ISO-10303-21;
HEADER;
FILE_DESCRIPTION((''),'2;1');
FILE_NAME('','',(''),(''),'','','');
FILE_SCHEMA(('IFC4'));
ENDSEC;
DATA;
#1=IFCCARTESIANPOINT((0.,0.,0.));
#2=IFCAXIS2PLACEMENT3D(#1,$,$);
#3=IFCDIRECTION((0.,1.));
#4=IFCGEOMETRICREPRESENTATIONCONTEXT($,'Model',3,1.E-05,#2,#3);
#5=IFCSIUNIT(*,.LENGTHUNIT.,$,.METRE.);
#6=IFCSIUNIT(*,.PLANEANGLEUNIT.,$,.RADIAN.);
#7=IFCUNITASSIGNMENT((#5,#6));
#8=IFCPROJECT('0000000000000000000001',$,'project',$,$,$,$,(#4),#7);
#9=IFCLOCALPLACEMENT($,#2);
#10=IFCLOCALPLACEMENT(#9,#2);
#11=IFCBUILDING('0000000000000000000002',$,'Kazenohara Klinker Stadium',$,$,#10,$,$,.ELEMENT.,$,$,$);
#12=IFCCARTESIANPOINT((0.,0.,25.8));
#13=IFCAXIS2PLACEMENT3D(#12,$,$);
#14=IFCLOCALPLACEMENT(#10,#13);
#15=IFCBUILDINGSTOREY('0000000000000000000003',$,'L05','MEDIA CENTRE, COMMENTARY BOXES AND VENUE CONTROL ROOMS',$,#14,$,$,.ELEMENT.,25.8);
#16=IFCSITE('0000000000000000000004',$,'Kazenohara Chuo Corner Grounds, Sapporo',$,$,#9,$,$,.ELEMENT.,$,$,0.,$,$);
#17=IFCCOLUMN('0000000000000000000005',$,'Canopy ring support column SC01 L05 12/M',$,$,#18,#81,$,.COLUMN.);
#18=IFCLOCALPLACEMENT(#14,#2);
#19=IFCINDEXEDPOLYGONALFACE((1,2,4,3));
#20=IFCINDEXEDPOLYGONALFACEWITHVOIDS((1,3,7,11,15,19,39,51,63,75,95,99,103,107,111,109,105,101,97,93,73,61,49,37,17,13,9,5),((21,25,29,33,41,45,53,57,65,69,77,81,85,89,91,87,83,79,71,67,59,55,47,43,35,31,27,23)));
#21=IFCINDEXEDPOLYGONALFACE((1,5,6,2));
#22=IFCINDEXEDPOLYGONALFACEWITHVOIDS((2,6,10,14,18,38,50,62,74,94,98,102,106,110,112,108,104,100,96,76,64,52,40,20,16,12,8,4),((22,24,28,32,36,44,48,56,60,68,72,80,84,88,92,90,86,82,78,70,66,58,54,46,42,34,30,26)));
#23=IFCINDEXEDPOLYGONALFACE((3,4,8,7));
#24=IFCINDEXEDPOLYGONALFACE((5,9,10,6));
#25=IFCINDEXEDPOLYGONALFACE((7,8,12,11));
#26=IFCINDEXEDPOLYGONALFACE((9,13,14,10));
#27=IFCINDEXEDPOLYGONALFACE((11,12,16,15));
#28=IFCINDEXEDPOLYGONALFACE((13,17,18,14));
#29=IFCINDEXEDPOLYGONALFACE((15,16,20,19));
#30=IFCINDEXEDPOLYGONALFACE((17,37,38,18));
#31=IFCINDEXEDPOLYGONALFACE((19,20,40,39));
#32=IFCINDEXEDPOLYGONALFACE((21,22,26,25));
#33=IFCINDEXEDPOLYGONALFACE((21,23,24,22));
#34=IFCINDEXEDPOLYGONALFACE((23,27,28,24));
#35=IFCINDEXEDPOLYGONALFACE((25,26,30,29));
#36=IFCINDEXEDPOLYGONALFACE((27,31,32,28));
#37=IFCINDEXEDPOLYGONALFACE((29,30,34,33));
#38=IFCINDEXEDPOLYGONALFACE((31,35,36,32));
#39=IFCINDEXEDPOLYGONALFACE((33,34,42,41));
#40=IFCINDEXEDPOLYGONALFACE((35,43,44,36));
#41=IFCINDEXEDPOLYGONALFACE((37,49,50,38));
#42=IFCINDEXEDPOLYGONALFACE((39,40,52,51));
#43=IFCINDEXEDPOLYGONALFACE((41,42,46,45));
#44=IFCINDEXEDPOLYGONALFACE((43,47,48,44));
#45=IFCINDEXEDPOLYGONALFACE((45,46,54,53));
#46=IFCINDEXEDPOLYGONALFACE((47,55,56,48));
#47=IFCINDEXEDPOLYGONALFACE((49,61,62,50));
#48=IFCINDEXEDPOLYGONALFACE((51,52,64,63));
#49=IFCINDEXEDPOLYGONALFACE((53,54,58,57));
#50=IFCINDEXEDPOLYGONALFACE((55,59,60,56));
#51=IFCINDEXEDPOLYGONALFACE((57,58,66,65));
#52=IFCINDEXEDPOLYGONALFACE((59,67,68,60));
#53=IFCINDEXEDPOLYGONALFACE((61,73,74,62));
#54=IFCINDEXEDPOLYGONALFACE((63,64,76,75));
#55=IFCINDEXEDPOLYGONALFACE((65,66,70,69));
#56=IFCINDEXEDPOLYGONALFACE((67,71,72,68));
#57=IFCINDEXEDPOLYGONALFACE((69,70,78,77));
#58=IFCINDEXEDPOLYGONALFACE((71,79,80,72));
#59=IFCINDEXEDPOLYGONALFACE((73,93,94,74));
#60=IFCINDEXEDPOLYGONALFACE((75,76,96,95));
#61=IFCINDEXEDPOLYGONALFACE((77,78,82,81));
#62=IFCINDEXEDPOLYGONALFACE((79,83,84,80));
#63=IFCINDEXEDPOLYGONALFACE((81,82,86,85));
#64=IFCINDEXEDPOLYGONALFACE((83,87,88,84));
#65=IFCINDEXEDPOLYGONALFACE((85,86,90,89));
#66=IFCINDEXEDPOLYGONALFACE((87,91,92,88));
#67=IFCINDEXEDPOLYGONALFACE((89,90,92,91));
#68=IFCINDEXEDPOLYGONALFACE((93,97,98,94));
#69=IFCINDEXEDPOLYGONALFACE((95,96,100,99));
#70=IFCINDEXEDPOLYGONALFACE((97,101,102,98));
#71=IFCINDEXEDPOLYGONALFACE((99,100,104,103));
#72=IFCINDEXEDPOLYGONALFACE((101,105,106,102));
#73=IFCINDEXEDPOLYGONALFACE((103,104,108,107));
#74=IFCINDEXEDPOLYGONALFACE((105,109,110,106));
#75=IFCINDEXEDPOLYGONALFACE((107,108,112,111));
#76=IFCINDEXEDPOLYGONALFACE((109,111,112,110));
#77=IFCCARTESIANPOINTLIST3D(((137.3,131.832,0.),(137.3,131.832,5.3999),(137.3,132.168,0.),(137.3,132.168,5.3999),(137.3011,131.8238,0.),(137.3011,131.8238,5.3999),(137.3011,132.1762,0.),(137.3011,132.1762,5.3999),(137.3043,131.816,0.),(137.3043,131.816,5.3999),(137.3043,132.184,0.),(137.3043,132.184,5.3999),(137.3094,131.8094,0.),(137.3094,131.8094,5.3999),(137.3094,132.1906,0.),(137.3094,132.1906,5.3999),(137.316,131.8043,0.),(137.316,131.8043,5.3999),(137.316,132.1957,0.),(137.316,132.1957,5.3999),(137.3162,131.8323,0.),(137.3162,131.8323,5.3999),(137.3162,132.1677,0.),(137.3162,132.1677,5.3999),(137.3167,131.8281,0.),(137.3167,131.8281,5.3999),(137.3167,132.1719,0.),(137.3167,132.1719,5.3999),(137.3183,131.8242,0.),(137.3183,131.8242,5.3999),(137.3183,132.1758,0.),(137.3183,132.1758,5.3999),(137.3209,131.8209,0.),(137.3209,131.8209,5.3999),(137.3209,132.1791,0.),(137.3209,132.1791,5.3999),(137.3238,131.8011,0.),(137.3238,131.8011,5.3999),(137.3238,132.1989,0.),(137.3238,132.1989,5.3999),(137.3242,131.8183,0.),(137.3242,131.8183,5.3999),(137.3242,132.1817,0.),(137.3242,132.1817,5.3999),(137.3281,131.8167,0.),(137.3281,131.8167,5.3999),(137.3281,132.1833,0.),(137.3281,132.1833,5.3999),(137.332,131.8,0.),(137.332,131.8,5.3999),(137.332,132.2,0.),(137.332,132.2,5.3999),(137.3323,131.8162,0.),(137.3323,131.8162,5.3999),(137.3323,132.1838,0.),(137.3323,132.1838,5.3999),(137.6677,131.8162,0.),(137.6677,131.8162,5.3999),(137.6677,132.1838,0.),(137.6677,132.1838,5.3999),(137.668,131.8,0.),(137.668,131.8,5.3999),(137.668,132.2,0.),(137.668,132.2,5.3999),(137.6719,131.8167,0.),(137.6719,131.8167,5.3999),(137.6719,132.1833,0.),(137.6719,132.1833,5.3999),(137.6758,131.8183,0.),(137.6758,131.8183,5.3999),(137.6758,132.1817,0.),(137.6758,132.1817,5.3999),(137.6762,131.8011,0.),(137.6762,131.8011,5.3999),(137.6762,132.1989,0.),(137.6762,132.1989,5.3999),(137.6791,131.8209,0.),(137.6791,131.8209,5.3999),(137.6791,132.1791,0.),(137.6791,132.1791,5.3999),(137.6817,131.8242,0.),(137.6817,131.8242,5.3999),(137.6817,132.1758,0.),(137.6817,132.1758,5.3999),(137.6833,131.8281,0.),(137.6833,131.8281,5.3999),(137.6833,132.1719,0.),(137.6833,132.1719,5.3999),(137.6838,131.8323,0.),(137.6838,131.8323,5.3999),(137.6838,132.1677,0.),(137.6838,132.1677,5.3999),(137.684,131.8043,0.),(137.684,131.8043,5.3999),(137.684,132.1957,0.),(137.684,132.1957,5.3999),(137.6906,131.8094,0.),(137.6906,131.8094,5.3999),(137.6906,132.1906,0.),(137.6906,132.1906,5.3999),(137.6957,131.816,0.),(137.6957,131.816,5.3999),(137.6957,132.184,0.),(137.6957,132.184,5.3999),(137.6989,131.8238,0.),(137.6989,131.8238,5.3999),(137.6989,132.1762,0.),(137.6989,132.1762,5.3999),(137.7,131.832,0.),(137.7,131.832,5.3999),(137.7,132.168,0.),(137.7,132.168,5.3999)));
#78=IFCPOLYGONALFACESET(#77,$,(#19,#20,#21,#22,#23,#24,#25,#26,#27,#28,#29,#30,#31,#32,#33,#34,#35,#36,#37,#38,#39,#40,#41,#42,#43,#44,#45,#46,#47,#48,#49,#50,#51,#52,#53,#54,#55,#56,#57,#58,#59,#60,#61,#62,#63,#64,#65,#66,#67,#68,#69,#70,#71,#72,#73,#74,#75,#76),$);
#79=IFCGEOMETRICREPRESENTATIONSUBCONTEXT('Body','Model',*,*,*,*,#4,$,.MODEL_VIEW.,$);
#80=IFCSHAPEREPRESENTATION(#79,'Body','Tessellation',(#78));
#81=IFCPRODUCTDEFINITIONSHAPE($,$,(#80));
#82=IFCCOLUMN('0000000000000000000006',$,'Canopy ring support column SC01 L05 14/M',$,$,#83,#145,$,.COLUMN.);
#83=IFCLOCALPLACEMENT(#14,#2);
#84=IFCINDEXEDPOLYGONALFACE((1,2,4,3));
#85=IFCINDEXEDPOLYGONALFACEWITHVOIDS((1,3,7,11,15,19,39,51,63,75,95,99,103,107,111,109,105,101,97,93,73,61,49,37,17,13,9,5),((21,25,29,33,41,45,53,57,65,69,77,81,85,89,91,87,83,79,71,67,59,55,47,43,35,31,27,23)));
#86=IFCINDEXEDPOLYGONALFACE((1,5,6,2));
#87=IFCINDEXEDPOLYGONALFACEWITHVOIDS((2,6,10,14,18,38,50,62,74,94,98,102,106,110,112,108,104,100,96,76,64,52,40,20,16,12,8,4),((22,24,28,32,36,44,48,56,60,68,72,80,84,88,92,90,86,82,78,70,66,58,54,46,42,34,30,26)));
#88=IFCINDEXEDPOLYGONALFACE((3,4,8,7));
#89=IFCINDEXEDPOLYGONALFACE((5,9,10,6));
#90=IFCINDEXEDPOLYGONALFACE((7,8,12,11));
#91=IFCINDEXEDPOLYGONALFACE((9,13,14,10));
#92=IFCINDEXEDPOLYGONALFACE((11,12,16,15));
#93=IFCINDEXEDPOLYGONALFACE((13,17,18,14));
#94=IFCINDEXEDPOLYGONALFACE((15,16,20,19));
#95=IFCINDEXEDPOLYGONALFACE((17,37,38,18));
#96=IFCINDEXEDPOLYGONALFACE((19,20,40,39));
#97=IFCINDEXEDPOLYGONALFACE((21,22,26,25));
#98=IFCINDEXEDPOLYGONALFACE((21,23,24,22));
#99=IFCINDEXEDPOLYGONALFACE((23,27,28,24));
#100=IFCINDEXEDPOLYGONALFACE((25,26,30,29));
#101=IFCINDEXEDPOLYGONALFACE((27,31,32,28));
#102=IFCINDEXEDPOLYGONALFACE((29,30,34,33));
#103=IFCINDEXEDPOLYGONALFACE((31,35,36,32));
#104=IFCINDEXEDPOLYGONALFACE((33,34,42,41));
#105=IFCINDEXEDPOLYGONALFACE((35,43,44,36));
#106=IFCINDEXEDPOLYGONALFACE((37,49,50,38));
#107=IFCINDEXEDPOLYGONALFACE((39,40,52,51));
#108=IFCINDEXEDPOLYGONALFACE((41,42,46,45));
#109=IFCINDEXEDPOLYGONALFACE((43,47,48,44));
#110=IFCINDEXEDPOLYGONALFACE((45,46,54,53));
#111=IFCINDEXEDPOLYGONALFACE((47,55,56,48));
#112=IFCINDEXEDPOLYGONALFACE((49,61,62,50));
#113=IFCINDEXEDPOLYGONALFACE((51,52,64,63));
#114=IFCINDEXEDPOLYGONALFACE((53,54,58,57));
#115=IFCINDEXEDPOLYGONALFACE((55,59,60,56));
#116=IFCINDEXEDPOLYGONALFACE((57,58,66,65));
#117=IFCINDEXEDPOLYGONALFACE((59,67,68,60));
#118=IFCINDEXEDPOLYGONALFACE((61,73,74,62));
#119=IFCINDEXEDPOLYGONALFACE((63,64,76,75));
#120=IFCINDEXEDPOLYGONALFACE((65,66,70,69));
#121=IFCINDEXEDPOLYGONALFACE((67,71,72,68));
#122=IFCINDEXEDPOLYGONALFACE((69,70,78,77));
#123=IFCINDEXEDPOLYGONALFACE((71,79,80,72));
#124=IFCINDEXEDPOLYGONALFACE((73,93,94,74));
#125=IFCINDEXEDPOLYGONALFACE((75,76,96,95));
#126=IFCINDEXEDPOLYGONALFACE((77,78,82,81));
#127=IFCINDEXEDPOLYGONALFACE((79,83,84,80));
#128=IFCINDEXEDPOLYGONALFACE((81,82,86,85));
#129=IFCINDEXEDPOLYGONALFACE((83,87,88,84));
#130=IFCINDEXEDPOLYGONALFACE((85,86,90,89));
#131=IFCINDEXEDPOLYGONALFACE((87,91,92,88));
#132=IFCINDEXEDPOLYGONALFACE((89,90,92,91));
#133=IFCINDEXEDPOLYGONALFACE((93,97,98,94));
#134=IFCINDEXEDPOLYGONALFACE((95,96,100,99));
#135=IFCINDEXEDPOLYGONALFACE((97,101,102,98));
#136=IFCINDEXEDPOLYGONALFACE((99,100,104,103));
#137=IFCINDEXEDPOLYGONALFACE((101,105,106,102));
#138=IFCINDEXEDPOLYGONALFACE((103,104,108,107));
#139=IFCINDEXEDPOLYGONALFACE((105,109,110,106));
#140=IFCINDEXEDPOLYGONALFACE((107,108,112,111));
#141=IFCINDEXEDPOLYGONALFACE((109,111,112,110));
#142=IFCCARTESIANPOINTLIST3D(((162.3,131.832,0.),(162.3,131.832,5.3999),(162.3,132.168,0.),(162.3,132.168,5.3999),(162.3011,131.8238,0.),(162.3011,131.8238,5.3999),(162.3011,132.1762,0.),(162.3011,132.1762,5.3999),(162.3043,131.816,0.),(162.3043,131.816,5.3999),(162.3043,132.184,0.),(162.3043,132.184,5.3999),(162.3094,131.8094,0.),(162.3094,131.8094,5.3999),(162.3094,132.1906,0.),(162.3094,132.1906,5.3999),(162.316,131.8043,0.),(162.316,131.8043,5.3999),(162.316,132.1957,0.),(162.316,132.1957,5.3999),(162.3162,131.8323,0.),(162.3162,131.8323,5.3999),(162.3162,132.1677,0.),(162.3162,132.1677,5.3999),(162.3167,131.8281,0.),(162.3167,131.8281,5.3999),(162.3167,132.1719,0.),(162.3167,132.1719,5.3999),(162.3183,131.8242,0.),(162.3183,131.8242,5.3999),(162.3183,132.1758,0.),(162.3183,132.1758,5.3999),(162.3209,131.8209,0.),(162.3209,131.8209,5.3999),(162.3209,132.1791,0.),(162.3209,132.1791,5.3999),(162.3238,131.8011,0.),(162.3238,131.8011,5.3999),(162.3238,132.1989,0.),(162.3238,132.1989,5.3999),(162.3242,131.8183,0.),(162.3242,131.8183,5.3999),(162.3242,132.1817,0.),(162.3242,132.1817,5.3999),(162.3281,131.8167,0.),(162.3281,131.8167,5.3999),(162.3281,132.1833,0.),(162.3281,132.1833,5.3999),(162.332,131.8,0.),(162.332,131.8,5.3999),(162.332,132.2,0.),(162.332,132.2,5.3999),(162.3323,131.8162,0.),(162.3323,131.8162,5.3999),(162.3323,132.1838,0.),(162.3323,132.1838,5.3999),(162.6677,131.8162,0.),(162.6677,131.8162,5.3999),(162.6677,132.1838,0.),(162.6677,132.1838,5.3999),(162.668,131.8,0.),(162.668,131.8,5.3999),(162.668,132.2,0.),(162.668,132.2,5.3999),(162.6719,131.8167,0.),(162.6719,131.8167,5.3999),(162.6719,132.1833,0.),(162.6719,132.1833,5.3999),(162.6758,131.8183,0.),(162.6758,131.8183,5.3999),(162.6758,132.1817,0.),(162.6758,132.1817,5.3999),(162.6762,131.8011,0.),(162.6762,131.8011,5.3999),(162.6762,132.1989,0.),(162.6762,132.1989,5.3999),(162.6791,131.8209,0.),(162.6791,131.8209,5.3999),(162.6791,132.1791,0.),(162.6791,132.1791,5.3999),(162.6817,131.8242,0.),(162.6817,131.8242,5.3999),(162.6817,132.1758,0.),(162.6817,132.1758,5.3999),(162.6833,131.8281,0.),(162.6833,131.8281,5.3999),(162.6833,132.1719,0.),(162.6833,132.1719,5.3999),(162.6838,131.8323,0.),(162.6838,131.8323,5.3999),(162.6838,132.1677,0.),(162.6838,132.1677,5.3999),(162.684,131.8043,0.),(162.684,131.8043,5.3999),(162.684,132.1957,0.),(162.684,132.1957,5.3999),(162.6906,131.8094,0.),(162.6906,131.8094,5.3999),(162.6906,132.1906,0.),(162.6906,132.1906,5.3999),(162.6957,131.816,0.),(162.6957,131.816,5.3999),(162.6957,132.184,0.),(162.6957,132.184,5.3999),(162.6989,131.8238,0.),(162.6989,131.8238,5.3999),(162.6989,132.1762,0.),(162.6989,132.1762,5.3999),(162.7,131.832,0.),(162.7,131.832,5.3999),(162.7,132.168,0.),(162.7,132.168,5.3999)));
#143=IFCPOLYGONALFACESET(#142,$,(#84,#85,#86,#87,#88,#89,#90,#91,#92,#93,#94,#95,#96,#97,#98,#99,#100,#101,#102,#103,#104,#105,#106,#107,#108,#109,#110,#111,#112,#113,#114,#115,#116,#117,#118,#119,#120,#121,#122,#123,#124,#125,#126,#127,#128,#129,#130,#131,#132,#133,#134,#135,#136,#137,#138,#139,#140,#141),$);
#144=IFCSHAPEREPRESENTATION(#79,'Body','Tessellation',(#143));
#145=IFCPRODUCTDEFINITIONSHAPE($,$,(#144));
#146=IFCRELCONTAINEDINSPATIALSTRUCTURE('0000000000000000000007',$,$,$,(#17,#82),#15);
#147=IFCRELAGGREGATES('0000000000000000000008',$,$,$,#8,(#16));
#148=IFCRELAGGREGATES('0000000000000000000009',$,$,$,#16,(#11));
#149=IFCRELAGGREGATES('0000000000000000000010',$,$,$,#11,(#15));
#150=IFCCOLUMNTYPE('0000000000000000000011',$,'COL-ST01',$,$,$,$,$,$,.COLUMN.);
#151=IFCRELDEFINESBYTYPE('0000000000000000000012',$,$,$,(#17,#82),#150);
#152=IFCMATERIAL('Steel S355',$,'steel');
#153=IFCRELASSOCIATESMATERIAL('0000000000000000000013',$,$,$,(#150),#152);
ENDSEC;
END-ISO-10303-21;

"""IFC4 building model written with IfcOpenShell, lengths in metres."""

from ifc_helpers import new_model, si_unit, direction, frame, origin, origin_2d, place, context, subcontext, project, spatial, hollow_rectangle, extrude, material, material_profile, profile_set, type_object, element, save


model = new_model("IFC4")

# Units and contexts
model_context = context("Model", 3, precision=1e-05, world=origin(), true_north=direction((0.0, 1.0)))
body_context = subcontext(model_context, "Body", "Model", "MODEL_VIEW")
ifc_project = project(units=[si_unit("LENGTHUNIT", "METRE"), si_unit("PLANEANGLEUNIT", "RADIAN")], contexts=[model_context])

# Site, building, storey
site_placement = place(None, origin())
site = spatial("IfcSite", under=ifc_project, at=site_placement, Name="Kazenohara Chuo Corner Grounds, Sapporo", CompositionType="ELEMENT", RefElevation=0.0)
building_placement = place(site_placement, origin())
building = spatial("IfcBuilding", under=site, at=building_placement, Name="Kazenohara Klinker Stadium", CompositionType="ELEMENT")
storey_placement = place(building_placement, frame((0.0, 0.0, 25.8)))
storey = spatial("IfcBuildingStorey", under=building, at=storey_placement, Name="L05", Description="MEDIA CENTRE, COMMENTARY BOXES AND VENUE CONTROL ROOMS", CompositionType="ELEMENT", Elevation=25.8)

# Columns
ifc_material_1 = material(Name="Steel S355", Category="steel")
ifc_material_profile_1 = material_profile(ifc_material_1, hollow_rectangle(XDim=0.3999, YDim=0.3999, WallThickness=0.0161, InnerFilletRadius=0.0161, OuterFilletRadius=0.032, at=origin_2d()), Name="SHS-400x400x16")
ifc_profile_set_1 = profile_set([ifc_material_profile_1], Name="Steel S355")
column_type_1 = type_object("IfcColumnType", Name="COL-ST01", PredefinedType="COLUMN", material=ifc_profile_set_1)
for number, where, z_axis, x_axis, name in (
    (1, (137.5, 132.0, 0.0), (0.0, 0.0, 1.0), (1.0, 0.0, 0.0), "Canopy ring support column SC01 L05 12/M"),
    (2, (162.5, 132.0, 0.0), (0.0, 0.0, 1.0), (1.0, 0.0, 0.0), "Canopy ring support column SC01 L05 14/M"),
):
    element("IfcColumn", number, at=place(storey_placement, frame(where, z_axis=z_axis, x_axis=x_axis)), inside=storey, type_object=column_type_1, Name=name, PredefinedType="COLUMN", context=body_context, shape_type="SweptSolid", body=[
        extrude(hollow_rectangle(XDim=0.3999, YDim=0.3999, WallThickness=0.0161, InnerFilletRadius=0.0161, OuterFilletRadius=0.032, at=origin_2d()), origin(), (0.0, 0.0, 1.0), 5.3999),
    ])

save(model, "model.ifc")
